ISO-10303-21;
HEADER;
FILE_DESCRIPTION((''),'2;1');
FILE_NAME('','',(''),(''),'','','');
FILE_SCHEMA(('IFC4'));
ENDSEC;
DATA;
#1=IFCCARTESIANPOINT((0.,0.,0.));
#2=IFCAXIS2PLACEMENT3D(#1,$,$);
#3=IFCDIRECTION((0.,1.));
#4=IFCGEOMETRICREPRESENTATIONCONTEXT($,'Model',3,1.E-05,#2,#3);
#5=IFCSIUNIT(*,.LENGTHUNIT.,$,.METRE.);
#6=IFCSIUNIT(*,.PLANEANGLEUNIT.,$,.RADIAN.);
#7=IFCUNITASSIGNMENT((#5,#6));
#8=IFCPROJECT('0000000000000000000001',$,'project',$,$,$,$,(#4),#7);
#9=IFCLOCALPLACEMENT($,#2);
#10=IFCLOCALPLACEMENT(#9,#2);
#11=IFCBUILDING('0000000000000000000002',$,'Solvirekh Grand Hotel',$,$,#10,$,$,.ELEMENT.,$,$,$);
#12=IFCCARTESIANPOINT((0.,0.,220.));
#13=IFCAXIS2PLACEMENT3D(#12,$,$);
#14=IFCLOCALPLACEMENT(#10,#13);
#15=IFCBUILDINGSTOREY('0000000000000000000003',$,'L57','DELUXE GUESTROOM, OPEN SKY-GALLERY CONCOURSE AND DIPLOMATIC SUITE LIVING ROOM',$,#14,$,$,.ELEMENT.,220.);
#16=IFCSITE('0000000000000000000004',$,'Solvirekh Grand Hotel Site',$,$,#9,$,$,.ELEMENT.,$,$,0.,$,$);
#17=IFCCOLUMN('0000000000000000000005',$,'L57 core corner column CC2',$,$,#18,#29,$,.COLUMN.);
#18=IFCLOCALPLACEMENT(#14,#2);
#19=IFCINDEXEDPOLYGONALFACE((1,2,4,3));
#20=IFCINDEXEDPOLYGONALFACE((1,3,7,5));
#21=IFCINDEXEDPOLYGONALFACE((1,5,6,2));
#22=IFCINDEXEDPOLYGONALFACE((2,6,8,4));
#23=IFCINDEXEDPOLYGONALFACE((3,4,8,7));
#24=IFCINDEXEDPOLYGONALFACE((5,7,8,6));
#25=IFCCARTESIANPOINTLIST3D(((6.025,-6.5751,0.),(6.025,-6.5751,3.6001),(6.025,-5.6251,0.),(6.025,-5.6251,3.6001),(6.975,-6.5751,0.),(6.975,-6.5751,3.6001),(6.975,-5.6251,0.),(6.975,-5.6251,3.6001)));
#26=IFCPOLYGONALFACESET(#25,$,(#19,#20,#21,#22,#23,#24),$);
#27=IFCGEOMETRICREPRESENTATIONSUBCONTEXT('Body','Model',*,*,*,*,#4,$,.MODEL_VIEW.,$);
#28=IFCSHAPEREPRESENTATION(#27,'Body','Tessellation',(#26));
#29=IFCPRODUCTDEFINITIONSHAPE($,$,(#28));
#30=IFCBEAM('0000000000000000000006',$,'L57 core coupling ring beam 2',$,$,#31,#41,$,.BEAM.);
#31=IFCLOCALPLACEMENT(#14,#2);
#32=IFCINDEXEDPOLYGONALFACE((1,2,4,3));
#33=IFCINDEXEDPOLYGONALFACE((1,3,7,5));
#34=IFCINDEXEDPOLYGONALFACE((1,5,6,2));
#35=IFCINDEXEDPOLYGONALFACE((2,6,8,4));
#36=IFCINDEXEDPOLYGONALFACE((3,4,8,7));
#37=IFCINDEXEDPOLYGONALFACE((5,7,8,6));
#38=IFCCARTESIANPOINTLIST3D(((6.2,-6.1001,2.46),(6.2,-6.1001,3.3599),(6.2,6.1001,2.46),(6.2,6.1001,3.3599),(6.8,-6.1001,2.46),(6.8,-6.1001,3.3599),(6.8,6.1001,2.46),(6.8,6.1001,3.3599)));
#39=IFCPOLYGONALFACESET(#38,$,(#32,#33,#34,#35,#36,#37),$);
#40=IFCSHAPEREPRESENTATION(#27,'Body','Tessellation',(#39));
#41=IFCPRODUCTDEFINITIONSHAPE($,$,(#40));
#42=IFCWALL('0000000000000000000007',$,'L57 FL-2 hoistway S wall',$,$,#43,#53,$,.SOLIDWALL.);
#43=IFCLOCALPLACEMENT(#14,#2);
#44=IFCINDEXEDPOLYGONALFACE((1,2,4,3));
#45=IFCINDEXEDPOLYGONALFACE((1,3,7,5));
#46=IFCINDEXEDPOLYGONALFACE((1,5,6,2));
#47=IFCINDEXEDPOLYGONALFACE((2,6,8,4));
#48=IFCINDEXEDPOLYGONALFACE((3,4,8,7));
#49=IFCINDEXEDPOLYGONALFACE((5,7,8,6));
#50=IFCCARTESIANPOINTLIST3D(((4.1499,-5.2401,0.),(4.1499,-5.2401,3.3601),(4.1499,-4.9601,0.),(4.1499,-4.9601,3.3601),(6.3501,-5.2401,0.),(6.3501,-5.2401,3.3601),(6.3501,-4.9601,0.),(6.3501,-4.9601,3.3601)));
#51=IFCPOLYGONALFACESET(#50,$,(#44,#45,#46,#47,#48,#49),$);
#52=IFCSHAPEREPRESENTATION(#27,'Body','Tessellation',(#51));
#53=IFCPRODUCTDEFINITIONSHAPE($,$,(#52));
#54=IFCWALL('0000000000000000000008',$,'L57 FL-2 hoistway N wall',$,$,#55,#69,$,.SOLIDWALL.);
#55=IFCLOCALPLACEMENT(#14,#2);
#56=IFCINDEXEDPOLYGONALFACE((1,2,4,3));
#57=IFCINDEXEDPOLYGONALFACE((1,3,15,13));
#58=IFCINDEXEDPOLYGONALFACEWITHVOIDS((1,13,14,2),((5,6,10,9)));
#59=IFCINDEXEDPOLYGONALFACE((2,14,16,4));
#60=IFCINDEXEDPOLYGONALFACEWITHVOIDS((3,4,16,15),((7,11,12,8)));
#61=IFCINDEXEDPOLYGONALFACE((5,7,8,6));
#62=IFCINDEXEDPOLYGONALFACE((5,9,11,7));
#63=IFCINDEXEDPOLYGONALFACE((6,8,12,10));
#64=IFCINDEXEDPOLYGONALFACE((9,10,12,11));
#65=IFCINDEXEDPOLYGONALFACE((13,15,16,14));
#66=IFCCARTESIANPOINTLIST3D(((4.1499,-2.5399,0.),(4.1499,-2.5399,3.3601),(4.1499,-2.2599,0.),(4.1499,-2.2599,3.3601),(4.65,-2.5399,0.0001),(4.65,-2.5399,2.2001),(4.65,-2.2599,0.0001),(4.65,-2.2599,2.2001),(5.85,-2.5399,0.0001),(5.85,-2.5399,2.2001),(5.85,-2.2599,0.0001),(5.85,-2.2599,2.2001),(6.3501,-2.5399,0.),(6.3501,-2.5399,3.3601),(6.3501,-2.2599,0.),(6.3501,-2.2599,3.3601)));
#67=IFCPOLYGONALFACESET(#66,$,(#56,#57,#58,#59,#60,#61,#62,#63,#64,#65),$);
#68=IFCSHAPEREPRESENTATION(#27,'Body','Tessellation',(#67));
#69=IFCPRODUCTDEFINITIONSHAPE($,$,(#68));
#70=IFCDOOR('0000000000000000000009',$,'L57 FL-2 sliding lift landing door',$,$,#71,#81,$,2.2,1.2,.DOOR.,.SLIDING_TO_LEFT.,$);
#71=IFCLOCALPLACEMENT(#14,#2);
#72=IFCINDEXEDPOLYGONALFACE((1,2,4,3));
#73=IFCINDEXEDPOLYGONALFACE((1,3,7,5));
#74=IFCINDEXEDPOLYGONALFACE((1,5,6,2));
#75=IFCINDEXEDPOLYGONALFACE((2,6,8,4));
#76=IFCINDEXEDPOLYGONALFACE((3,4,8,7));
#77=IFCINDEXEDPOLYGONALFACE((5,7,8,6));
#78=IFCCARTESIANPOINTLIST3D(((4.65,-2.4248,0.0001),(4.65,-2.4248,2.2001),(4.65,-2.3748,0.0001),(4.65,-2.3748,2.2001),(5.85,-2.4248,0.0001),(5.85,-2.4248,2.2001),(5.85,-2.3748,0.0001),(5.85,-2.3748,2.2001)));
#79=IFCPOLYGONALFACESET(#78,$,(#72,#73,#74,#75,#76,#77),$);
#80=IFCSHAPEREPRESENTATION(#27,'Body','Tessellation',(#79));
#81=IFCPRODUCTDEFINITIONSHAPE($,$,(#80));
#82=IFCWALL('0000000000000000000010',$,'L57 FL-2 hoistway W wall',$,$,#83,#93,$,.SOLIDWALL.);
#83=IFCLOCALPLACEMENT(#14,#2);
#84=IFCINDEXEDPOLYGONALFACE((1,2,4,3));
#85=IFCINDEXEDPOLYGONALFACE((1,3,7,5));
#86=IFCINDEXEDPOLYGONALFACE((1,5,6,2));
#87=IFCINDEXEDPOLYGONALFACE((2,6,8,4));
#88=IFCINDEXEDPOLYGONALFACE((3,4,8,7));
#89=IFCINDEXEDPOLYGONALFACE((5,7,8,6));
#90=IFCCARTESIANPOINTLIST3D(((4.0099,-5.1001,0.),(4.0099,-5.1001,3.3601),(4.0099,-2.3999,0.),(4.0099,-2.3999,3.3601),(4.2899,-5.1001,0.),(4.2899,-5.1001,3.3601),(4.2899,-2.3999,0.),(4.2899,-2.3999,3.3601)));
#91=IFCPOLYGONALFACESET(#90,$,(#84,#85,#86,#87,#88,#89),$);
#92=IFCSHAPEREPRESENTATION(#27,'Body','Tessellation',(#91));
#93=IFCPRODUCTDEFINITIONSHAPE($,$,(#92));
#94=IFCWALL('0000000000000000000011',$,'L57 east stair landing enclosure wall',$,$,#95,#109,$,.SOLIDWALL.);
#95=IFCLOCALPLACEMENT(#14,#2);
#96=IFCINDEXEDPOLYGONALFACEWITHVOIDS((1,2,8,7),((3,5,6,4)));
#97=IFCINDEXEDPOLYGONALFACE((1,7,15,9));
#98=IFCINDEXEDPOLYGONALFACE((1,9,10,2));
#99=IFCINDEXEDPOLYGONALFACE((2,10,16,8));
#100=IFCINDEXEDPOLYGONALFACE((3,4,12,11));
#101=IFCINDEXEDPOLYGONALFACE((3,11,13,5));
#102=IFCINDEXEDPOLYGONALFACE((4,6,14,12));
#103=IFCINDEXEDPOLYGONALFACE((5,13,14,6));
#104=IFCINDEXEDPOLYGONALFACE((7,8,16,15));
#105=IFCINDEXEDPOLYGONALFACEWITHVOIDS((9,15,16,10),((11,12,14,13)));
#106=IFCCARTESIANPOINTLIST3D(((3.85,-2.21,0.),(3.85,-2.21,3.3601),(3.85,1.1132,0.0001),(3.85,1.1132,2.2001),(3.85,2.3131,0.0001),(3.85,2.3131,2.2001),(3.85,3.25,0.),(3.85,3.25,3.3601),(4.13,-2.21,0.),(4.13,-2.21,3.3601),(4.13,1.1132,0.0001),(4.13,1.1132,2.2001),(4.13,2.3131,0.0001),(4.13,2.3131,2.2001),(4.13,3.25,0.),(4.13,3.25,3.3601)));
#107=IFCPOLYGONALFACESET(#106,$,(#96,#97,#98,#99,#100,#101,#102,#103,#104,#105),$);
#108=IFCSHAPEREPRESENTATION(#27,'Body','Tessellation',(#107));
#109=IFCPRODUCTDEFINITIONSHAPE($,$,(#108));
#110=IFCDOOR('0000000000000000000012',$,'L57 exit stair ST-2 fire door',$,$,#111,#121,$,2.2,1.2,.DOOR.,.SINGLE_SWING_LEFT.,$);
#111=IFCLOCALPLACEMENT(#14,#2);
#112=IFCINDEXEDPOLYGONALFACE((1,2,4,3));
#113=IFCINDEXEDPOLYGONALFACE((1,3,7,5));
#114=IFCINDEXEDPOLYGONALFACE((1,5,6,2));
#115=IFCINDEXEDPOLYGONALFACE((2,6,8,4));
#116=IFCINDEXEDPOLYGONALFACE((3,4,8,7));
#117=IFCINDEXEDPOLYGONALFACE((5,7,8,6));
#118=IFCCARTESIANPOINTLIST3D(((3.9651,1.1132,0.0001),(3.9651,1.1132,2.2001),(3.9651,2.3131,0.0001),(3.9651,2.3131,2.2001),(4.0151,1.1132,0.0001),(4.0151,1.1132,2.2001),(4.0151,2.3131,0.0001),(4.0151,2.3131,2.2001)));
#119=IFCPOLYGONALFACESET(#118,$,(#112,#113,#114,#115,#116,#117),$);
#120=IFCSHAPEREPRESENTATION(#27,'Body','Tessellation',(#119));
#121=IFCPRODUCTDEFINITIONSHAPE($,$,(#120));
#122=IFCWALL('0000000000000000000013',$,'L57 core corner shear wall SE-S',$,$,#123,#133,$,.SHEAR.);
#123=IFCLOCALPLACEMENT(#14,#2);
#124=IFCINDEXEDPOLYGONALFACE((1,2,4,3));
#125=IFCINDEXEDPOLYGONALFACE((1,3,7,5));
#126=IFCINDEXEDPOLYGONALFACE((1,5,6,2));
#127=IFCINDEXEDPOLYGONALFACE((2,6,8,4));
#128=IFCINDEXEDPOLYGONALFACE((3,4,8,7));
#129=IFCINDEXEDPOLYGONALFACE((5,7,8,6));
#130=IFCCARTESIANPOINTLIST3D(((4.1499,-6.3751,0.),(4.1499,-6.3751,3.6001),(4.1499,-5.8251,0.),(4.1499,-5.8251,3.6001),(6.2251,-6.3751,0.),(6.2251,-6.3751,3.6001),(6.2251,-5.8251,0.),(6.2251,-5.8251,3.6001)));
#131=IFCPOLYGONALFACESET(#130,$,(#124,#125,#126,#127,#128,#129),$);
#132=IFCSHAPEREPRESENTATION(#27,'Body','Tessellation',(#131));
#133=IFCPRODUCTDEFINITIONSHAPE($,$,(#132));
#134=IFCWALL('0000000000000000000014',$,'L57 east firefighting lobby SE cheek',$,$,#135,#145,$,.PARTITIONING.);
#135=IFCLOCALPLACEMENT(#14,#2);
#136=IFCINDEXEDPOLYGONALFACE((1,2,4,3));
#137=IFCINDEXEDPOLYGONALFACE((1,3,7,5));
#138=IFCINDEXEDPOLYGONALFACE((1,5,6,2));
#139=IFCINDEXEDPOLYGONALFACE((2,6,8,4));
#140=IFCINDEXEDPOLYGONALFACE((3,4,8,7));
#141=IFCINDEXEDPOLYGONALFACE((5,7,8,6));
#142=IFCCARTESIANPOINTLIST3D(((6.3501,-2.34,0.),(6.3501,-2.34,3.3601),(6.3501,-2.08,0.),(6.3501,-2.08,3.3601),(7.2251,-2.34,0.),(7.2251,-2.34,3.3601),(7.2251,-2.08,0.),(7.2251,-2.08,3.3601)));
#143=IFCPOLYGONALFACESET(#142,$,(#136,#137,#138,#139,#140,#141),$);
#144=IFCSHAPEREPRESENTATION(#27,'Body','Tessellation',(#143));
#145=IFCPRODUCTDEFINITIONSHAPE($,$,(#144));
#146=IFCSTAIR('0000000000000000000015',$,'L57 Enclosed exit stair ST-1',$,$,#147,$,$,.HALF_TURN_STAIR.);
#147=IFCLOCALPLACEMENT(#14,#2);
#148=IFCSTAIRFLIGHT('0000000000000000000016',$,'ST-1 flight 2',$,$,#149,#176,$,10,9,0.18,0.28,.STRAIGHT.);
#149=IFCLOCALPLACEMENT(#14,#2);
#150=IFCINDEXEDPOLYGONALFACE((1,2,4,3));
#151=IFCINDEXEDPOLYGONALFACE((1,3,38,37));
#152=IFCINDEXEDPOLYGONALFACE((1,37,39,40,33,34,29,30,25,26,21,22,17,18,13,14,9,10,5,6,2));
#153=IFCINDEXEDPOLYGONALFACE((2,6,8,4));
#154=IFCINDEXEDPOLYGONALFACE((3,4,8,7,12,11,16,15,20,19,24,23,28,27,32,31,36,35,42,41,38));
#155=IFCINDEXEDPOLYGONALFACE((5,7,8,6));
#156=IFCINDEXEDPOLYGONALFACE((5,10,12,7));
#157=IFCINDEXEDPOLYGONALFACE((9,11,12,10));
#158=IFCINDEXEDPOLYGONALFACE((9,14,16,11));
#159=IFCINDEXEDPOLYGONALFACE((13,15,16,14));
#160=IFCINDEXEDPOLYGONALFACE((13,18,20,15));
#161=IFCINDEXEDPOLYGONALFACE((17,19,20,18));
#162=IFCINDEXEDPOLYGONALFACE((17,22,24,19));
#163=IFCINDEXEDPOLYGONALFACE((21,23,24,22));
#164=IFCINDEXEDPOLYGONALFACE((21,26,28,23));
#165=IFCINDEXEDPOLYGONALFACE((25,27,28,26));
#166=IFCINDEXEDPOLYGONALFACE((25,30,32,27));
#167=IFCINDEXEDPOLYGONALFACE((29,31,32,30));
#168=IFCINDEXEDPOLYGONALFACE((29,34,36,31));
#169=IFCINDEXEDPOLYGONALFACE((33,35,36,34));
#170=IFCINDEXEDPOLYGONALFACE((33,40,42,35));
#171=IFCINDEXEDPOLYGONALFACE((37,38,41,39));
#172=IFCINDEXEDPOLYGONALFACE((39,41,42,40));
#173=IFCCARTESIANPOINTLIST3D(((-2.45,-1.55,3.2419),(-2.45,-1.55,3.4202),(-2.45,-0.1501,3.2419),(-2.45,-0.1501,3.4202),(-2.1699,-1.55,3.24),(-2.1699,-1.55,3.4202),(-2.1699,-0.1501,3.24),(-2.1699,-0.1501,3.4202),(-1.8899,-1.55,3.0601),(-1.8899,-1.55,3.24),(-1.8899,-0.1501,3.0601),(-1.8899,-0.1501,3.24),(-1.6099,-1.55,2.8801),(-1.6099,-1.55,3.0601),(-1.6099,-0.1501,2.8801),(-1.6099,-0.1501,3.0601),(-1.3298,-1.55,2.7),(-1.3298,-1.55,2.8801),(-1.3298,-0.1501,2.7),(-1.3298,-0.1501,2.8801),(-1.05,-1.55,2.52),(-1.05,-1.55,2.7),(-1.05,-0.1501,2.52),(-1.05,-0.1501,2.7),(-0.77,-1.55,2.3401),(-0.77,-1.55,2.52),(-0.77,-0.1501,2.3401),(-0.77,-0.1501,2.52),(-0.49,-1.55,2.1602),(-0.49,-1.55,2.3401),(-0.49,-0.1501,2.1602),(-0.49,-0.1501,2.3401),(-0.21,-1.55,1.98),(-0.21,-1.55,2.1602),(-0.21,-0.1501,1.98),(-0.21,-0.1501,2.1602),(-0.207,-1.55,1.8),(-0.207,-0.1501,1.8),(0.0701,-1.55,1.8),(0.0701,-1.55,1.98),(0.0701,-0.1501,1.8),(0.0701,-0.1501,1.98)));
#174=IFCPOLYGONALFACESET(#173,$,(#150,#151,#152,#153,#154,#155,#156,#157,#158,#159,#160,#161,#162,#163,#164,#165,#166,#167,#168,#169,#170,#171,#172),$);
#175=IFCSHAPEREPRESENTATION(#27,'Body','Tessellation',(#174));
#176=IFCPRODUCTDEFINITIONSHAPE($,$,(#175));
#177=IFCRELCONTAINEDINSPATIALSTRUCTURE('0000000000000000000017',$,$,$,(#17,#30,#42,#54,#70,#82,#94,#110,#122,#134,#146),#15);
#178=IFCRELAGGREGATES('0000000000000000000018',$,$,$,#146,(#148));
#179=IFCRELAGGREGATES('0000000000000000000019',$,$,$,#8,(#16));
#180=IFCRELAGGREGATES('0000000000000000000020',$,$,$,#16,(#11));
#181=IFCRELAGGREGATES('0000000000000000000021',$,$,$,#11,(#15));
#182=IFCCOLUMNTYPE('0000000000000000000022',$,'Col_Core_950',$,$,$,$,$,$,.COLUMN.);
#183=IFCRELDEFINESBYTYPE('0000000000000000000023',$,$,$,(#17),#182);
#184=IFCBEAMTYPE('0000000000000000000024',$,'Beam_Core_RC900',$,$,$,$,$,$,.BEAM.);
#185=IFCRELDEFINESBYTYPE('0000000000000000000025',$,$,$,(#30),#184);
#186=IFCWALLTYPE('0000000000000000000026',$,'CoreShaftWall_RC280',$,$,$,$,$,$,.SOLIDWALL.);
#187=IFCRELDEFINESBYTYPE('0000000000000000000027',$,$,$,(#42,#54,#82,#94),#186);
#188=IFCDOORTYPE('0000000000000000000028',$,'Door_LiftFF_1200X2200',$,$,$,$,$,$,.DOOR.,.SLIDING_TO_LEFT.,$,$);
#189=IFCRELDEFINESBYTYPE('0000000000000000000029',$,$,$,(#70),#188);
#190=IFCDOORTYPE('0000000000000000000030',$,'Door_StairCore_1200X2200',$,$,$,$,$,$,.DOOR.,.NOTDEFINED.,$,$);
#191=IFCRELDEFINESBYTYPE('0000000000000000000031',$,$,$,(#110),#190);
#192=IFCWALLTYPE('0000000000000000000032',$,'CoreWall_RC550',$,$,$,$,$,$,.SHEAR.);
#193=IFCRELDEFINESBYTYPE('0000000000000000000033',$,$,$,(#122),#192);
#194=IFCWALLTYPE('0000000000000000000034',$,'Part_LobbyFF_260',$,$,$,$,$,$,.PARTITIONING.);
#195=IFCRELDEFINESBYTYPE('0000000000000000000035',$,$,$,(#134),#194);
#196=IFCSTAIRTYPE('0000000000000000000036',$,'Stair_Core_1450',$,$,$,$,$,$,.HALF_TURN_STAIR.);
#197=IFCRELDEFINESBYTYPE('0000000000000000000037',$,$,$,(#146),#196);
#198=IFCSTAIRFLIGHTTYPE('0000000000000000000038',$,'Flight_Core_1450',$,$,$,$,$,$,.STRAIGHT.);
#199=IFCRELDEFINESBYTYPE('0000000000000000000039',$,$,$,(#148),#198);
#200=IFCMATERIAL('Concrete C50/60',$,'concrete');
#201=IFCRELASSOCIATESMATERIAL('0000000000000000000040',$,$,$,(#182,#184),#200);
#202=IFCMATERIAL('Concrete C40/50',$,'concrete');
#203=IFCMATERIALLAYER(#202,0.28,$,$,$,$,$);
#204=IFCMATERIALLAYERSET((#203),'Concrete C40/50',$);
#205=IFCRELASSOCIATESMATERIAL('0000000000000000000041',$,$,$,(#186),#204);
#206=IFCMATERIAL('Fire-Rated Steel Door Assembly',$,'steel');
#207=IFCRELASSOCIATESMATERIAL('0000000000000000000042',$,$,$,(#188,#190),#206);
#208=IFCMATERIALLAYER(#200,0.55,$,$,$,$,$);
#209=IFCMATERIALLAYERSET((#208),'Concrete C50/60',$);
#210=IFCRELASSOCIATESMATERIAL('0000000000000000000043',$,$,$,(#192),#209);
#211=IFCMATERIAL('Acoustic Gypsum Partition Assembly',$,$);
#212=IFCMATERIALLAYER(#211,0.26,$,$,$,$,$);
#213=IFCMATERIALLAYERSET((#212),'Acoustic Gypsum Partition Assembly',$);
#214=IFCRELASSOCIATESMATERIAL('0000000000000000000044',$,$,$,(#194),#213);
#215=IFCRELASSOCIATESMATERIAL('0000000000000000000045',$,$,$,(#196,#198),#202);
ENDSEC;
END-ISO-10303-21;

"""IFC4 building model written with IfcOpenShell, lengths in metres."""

from ifc_helpers import new_model, si_unit, direction, frame, frame_2d, origin, origin_2d, place, context, subcontext, project, spatial, polyline, rectangle, outline, extrude, material, layer, layer_set, material_profile, profile_set, type_object, element, fill, aggregate, save


model = new_model("IFC4")

# Units and contexts
model_context = context("Model", 3, precision=1e-05, world=origin(), true_north=direction((0.0, 1.0)))
body_context = subcontext(model_context, "Body", "Model", "MODEL_VIEW")
ifc_project = project(units=[si_unit("LENGTHUNIT", "METRE"), si_unit("PLANEANGLEUNIT", "RADIAN")], contexts=[model_context])

# Site, building, storey
site_placement = place(None, origin())
site = spatial("IfcSite", under=ifc_project, at=site_placement, Name="Solvirekh Grand Hotel Site", CompositionType="ELEMENT", RefElevation=0.0)
building_placement = place(site_placement, origin())
building = spatial("IfcBuilding", under=site, at=building_placement, Name="Solvirekh Grand Hotel", CompositionType="ELEMENT")
storey_placement = place(building_placement, frame((0.0, 0.0, 220.0)))
storey = spatial("IfcBuildingStorey", under=building, at=storey_placement, Name="L57", Description="DELUXE GUESTROOM, OPEN SKY-GALLERY CONCOURSE AND DIPLOMATIC SUITE LIVING ROOM", CompositionType="ELEMENT", Elevation=220.0)

# Column
ifc_material_1 = material(Name="Concrete C50/60", Category="concrete")
ifc_material_profile_1 = material_profile(ifc_material_1, rectangle(XDim=0.95, YDim=0.95, at=origin_2d()), Name="RC 950X950")
ifc_profile_set_1 = profile_set([ifc_material_profile_1], Name="Concrete C50/60")
column_type = type_object("IfcColumnType", Name="Col_Core_950", PredefinedType="COLUMN", material=ifc_profile_set_1)
column_placement = place(storey_placement, frame((6.5, -6.1001, 0.0), z_axis=(0.0, 0.0, 1.0), x_axis=(1.0, 0.0, 0.0)))
element("IfcColumn", 1, at=column_placement, inside=storey, type_object=column_type, Name="L57 core corner column CC2", PredefinedType="COLUMN", context=body_context, shape_type="SweptSolid", body=[
    extrude(rectangle(XDim=0.95, YDim=0.95, at=origin_2d()), origin(), (0.0, 0.0, 1.0), 3.6001),
])

# Beam
ifc_material_profile_2 = material_profile(ifc_material_1, rectangle(XDim=0.6001, YDim=0.8999, at=origin_2d()), Name="RC BEAM 600X900")
ifc_profile_set_2 = profile_set([ifc_material_profile_2], Name="Concrete C50/60")
beam_type = type_object("IfcBeamType", Name="Beam_Core_RC900", PredefinedType="BEAM", material=ifc_profile_set_2)
beam_placement = place(storey_placement, frame((6.5, -6.1001, 2.9099), z_axis=(0.0, 1.0, 0.0), x_axis=(-1.0, 0.0, 0.0)))
element("IfcBeam", 2, at=beam_placement, inside=storey, type_object=beam_type, Name="L57 core coupling ring beam 2", PredefinedType="BEAM", context=body_context, shape_type="SweptSolid", body=[
    extrude(rectangle(XDim=0.6001, YDim=0.8999, at=origin_2d()), origin(), (0.0, 0.0, 1.0), 12.2002),
])

# Wall
ifc_material_2 = material(Name="Concrete C40/50", Category="concrete")
ifc_layer_1 = layer(ifc_material_2, 0.28)
ifc_layer_set_1 = layer_set([ifc_layer_1], Name="Concrete C40/50")
wall_type_1 = type_object("IfcWallType", Name="CoreShaftWall_RC280", PredefinedType="SOLIDWALL", material=ifc_layer_set_1)
wall_1_placement = place(storey_placement, frame((4.1499, -5.1001, 0.0), z_axis=(0.0, 0.0, 1.0), x_axis=(1.0, 0.0, 0.0)))
element("IfcWall", 3, at=wall_1_placement, inside=storey, type_object=wall_type_1, Name="L57 FL-2 hoistway S wall", PredefinedType="SOLIDWALL", context=body_context, shape_type="SweptSolid", body=[
    extrude(rectangle(XDim=2.2002, YDim=0.28, at=frame_2d((1.1001, 0.0))), origin(), (0.0, 0.0, 1.0), 3.3601),
])

# Wall, opening, door
wall_2_placement = place(storey_placement, frame((6.3501, -2.3999, 0.0), z_axis=(0.0, 0.0, 1.0), x_axis=(-1.0, 0.0, 0.0)))
wall_2 = element("IfcWall", 4, at=wall_2_placement, inside=storey, type_object=wall_type_1, Name="L57 FL-2 hoistway N wall", PredefinedType="SOLIDWALL", context=body_context, shape_type="SweptSolid", body=[
    extrude(rectangle(XDim=2.2002, YDim=0.28, at=frame_2d((1.1001, 0.0))), origin(), (0.0, 0.0, 1.0), 3.3601),
])
opening_1_placement = place(wall_2_placement, frame((0.5, 0.0, 0.0)))
opening_1 = element("IfcOpeningElement", 5, at=opening_1_placement, cuts=wall_2, PredefinedType="OPENING", context=body_context, shape_type="SweptSolid", body=[
    extrude(rectangle(XDim=1.2, YDim=2.2, at=frame_2d((0.6001, 1.1001))), frame((0.0, 0.1499, 0.0), z_axis=(0.0, -1.0, 0.0), x_axis=(1.0, 0.0, 0.0)), (0.0, 0.0, 1.0), 0.3),
])
ifc_material_3 = material(Name="Fire-Rated Steel Door Assembly", Category="steel")
door_type_1 = type_object("IfcDoorType", Name="Door_LiftFF_1200X2200", OperationType="SLIDING_TO_LEFT", PredefinedType="DOOR", material=ifc_material_3)
door_1_placement = place(opening_1_placement, origin())
door_1 = element("IfcDoor", 6, at=door_1_placement, inside=storey, type_object=door_type_1, Name="L57 FL-2 sliding lift landing door", OperationType="SLIDING_TO_LEFT", OverallHeight=2.2, OverallWidth=1.2, PredefinedType="DOOR", context=body_context, shape_type="SweptSolid", body=[
    extrude(rectangle(XDim=1.2, YDim=2.2, at=frame_2d((0.6001, 1.1001))), frame((0.0, 0.0249, 0.0), z_axis=(0.0, -1.0, 0.0), x_axis=(1.0, 0.0, 0.0)), (0.0, 0.0, 1.0), 0.05),
])
fill(opening_1, door_1)

# Wall
wall_3_placement = place(storey_placement, frame((4.1499, -2.3999, 0.0), z_axis=(0.0, 0.0, 1.0), x_axis=(0.0, -1.0, 0.0)))
element("IfcWall", 7, at=wall_3_placement, inside=storey, type_object=wall_type_1, Name="L57 FL-2 hoistway W wall", PredefinedType="SOLIDWALL", context=body_context, shape_type="SweptSolid", body=[
    extrude(rectangle(XDim=2.7002, YDim=0.28, at=frame_2d((1.3501, 0.0))), origin(), (0.0, 0.0, 1.0), 3.3601),
])

# Wall, opening, door
wall_4_placement = place(storey_placement, frame((3.99, -2.21, 0.0), z_axis=(0.0, 0.0, 1.0), x_axis=(0.0, 1.0, 0.0)))
wall_4 = element("IfcWall", 8, at=wall_4_placement, inside=storey, type_object=wall_type_1, Name="L57 east stair landing enclosure wall", PredefinedType="SOLIDWALL", context=body_context, shape_type="SweptSolid", body=[
    extrude(rectangle(XDim=5.46, YDim=0.28, at=frame_2d((2.73, 0.0))), origin(), (0.0, 0.0, 1.0), 3.3601),
])
opening_2_placement = place(wall_4_placement, frame((3.323, 0.0, 0.0)))
opening_2 = element("IfcOpeningElement", 9, at=opening_2_placement, cuts=wall_4, PredefinedType="OPENING", context=body_context, shape_type="SweptSolid", body=[
    extrude(rectangle(XDim=1.2, YDim=2.2, at=frame_2d((0.6001, 1.1001))), frame((0.0, 0.1499, 0.0), z_axis=(0.0, -1.0, 0.0), x_axis=(1.0, 0.0, 0.0)), (0.0, 0.0, 1.0), 0.3),
])
door_type_2 = type_object("IfcDoorType", Name="Door_StairCore_1200X2200", OperationType="NOTDEFINED", PredefinedType="DOOR", material=ifc_material_3)
door_2_placement = place(opening_2_placement, origin())
door_2 = element("IfcDoor", 10, at=door_2_placement, inside=storey, type_object=door_type_2, Name="L57 exit stair ST-2 fire door", OperationType="SINGLE_SWING_LEFT", OverallHeight=2.2, OverallWidth=1.2, PredefinedType="DOOR", context=body_context, shape_type="SweptSolid", body=[
    extrude(rectangle(XDim=1.2, YDim=2.2, at=frame_2d((0.6001, 1.1001))), frame((0.0, 0.0249, 0.0), z_axis=(0.0, -1.0, 0.0), x_axis=(1.0, 0.0, 0.0)), (0.0, 0.0, 1.0), 0.05),
])
fill(opening_2, door_2)

# Walls
ifc_layer_2 = layer(ifc_material_1, 0.55)
ifc_layer_set_2 = layer_set([ifc_layer_2], Name="Concrete C50/60")
wall_type_2 = type_object("IfcWallType", Name="CoreWall_RC550", PredefinedType="SHEAR", material=ifc_layer_set_2)
wall_5_placement = place(storey_placement, frame((4.1499, -6.1001, 0.0), z_axis=(0.0, 0.0, 1.0), x_axis=(1.0, 0.0, 0.0)))
element("IfcWall", 11, at=wall_5_placement, inside=storey, type_object=wall_type_2, Name="L57 core corner shear wall SE-S", PredefinedType="SHEAR", context=body_context, shape_type="SweptSolid", body=[
    extrude(rectangle(XDim=2.0752, YDim=0.55, at=frame_2d((1.0376, 0.0))), origin(), (0.0, 0.0, 1.0), 3.6001),
])
ifc_material_4 = material(Name="Acoustic Gypsum Partition Assembly")
ifc_layer_3 = layer(ifc_material_4, 0.26)
ifc_layer_set_3 = layer_set([ifc_layer_3], Name="Acoustic Gypsum Partition Assembly")
wall_type_3 = type_object("IfcWallType", Name="Part_LobbyFF_260", PredefinedType="PARTITIONING", material=ifc_layer_set_3)
wall_6_placement = place(storey_placement, frame((6.3501, -2.21, 0.0), z_axis=(0.0, 0.0, 1.0), x_axis=(1.0, 0.0, 0.0)))
element("IfcWall", 12, at=wall_6_placement, inside=storey, type_object=wall_type_3, Name="L57 east firefighting lobby SE cheek", PredefinedType="PARTITIONING", context=body_context, shape_type="SweptSolid", body=[
    extrude(rectangle(XDim=0.875, YDim=0.26, at=frame_2d((0.4375, 0.0))), origin(), (0.0, 0.0, 1.0), 3.3601),
])

# Stair, stair flight
stair_type = type_object("IfcStairType", Name="Stair_Core_1450", PredefinedType="HALF_TURN_STAIR", material=ifc_material_2)
stair_placement = place(storey_placement, origin())
stair = element("IfcStair", 13, at=stair_placement, inside=storey, type_object=stair_type, Name="L57 Enclosed exit stair ST-1", PredefinedType="HALF_TURN_STAIR")
stair_flight_type = type_object("IfcStairFlightType", Name="Flight_Core_1450", PredefinedType="STRAIGHT", material=ifc_material_2)
stair_flight_placement = place(storey_placement, frame((0.0701, -0.8501, 1.8), z_axis=(0.0, 0.0, 1.0), x_axis=(-1.0, 0.0, 0.0)))
stair_flight = element("IfcStairFlight", 14, at=stair_flight_placement, type_object=stair_flight_type, Name="ST-1 flight 2", NumberOfRisers=10, NumberOfTreads=9, PredefinedType="STRAIGHT", RiserHeight=0.18, TreadLength=0.28, context=body_context, shape_type="SweptSolid", body=[
    extrude(outline(polyline([(0.0, 0.0), (0.0, 0.1799), (0.28, 0.1799), (0.28, 0.3601), (0.5601, 0.3601), (0.5601, 0.54), (0.8401, 0.54), (0.8401, 0.72), (1.1201, 0.72), (1.1201, 0.8999), (1.3999, 0.8999), (1.3999, 1.0801), (1.6799, 1.0801), (1.6799, 1.26), (1.96, 1.26), (1.96, 1.4399), (2.24, 1.4399), (2.24, 1.6201), (2.52, 1.6201), (2.52, 1.8), (2.52, 1.4419), (0.2771, 0.0), (0.0, 0.0)])), frame((0.0, 0.7, 0.0), z_axis=(0.0, -1.0, 0.0), x_axis=(1.0, 0.0, 0.0)), (0.0, 0.0, 1.0), 1.3999),
])
aggregate(stair, [stair_flight])

save(model, "model.ifc")
